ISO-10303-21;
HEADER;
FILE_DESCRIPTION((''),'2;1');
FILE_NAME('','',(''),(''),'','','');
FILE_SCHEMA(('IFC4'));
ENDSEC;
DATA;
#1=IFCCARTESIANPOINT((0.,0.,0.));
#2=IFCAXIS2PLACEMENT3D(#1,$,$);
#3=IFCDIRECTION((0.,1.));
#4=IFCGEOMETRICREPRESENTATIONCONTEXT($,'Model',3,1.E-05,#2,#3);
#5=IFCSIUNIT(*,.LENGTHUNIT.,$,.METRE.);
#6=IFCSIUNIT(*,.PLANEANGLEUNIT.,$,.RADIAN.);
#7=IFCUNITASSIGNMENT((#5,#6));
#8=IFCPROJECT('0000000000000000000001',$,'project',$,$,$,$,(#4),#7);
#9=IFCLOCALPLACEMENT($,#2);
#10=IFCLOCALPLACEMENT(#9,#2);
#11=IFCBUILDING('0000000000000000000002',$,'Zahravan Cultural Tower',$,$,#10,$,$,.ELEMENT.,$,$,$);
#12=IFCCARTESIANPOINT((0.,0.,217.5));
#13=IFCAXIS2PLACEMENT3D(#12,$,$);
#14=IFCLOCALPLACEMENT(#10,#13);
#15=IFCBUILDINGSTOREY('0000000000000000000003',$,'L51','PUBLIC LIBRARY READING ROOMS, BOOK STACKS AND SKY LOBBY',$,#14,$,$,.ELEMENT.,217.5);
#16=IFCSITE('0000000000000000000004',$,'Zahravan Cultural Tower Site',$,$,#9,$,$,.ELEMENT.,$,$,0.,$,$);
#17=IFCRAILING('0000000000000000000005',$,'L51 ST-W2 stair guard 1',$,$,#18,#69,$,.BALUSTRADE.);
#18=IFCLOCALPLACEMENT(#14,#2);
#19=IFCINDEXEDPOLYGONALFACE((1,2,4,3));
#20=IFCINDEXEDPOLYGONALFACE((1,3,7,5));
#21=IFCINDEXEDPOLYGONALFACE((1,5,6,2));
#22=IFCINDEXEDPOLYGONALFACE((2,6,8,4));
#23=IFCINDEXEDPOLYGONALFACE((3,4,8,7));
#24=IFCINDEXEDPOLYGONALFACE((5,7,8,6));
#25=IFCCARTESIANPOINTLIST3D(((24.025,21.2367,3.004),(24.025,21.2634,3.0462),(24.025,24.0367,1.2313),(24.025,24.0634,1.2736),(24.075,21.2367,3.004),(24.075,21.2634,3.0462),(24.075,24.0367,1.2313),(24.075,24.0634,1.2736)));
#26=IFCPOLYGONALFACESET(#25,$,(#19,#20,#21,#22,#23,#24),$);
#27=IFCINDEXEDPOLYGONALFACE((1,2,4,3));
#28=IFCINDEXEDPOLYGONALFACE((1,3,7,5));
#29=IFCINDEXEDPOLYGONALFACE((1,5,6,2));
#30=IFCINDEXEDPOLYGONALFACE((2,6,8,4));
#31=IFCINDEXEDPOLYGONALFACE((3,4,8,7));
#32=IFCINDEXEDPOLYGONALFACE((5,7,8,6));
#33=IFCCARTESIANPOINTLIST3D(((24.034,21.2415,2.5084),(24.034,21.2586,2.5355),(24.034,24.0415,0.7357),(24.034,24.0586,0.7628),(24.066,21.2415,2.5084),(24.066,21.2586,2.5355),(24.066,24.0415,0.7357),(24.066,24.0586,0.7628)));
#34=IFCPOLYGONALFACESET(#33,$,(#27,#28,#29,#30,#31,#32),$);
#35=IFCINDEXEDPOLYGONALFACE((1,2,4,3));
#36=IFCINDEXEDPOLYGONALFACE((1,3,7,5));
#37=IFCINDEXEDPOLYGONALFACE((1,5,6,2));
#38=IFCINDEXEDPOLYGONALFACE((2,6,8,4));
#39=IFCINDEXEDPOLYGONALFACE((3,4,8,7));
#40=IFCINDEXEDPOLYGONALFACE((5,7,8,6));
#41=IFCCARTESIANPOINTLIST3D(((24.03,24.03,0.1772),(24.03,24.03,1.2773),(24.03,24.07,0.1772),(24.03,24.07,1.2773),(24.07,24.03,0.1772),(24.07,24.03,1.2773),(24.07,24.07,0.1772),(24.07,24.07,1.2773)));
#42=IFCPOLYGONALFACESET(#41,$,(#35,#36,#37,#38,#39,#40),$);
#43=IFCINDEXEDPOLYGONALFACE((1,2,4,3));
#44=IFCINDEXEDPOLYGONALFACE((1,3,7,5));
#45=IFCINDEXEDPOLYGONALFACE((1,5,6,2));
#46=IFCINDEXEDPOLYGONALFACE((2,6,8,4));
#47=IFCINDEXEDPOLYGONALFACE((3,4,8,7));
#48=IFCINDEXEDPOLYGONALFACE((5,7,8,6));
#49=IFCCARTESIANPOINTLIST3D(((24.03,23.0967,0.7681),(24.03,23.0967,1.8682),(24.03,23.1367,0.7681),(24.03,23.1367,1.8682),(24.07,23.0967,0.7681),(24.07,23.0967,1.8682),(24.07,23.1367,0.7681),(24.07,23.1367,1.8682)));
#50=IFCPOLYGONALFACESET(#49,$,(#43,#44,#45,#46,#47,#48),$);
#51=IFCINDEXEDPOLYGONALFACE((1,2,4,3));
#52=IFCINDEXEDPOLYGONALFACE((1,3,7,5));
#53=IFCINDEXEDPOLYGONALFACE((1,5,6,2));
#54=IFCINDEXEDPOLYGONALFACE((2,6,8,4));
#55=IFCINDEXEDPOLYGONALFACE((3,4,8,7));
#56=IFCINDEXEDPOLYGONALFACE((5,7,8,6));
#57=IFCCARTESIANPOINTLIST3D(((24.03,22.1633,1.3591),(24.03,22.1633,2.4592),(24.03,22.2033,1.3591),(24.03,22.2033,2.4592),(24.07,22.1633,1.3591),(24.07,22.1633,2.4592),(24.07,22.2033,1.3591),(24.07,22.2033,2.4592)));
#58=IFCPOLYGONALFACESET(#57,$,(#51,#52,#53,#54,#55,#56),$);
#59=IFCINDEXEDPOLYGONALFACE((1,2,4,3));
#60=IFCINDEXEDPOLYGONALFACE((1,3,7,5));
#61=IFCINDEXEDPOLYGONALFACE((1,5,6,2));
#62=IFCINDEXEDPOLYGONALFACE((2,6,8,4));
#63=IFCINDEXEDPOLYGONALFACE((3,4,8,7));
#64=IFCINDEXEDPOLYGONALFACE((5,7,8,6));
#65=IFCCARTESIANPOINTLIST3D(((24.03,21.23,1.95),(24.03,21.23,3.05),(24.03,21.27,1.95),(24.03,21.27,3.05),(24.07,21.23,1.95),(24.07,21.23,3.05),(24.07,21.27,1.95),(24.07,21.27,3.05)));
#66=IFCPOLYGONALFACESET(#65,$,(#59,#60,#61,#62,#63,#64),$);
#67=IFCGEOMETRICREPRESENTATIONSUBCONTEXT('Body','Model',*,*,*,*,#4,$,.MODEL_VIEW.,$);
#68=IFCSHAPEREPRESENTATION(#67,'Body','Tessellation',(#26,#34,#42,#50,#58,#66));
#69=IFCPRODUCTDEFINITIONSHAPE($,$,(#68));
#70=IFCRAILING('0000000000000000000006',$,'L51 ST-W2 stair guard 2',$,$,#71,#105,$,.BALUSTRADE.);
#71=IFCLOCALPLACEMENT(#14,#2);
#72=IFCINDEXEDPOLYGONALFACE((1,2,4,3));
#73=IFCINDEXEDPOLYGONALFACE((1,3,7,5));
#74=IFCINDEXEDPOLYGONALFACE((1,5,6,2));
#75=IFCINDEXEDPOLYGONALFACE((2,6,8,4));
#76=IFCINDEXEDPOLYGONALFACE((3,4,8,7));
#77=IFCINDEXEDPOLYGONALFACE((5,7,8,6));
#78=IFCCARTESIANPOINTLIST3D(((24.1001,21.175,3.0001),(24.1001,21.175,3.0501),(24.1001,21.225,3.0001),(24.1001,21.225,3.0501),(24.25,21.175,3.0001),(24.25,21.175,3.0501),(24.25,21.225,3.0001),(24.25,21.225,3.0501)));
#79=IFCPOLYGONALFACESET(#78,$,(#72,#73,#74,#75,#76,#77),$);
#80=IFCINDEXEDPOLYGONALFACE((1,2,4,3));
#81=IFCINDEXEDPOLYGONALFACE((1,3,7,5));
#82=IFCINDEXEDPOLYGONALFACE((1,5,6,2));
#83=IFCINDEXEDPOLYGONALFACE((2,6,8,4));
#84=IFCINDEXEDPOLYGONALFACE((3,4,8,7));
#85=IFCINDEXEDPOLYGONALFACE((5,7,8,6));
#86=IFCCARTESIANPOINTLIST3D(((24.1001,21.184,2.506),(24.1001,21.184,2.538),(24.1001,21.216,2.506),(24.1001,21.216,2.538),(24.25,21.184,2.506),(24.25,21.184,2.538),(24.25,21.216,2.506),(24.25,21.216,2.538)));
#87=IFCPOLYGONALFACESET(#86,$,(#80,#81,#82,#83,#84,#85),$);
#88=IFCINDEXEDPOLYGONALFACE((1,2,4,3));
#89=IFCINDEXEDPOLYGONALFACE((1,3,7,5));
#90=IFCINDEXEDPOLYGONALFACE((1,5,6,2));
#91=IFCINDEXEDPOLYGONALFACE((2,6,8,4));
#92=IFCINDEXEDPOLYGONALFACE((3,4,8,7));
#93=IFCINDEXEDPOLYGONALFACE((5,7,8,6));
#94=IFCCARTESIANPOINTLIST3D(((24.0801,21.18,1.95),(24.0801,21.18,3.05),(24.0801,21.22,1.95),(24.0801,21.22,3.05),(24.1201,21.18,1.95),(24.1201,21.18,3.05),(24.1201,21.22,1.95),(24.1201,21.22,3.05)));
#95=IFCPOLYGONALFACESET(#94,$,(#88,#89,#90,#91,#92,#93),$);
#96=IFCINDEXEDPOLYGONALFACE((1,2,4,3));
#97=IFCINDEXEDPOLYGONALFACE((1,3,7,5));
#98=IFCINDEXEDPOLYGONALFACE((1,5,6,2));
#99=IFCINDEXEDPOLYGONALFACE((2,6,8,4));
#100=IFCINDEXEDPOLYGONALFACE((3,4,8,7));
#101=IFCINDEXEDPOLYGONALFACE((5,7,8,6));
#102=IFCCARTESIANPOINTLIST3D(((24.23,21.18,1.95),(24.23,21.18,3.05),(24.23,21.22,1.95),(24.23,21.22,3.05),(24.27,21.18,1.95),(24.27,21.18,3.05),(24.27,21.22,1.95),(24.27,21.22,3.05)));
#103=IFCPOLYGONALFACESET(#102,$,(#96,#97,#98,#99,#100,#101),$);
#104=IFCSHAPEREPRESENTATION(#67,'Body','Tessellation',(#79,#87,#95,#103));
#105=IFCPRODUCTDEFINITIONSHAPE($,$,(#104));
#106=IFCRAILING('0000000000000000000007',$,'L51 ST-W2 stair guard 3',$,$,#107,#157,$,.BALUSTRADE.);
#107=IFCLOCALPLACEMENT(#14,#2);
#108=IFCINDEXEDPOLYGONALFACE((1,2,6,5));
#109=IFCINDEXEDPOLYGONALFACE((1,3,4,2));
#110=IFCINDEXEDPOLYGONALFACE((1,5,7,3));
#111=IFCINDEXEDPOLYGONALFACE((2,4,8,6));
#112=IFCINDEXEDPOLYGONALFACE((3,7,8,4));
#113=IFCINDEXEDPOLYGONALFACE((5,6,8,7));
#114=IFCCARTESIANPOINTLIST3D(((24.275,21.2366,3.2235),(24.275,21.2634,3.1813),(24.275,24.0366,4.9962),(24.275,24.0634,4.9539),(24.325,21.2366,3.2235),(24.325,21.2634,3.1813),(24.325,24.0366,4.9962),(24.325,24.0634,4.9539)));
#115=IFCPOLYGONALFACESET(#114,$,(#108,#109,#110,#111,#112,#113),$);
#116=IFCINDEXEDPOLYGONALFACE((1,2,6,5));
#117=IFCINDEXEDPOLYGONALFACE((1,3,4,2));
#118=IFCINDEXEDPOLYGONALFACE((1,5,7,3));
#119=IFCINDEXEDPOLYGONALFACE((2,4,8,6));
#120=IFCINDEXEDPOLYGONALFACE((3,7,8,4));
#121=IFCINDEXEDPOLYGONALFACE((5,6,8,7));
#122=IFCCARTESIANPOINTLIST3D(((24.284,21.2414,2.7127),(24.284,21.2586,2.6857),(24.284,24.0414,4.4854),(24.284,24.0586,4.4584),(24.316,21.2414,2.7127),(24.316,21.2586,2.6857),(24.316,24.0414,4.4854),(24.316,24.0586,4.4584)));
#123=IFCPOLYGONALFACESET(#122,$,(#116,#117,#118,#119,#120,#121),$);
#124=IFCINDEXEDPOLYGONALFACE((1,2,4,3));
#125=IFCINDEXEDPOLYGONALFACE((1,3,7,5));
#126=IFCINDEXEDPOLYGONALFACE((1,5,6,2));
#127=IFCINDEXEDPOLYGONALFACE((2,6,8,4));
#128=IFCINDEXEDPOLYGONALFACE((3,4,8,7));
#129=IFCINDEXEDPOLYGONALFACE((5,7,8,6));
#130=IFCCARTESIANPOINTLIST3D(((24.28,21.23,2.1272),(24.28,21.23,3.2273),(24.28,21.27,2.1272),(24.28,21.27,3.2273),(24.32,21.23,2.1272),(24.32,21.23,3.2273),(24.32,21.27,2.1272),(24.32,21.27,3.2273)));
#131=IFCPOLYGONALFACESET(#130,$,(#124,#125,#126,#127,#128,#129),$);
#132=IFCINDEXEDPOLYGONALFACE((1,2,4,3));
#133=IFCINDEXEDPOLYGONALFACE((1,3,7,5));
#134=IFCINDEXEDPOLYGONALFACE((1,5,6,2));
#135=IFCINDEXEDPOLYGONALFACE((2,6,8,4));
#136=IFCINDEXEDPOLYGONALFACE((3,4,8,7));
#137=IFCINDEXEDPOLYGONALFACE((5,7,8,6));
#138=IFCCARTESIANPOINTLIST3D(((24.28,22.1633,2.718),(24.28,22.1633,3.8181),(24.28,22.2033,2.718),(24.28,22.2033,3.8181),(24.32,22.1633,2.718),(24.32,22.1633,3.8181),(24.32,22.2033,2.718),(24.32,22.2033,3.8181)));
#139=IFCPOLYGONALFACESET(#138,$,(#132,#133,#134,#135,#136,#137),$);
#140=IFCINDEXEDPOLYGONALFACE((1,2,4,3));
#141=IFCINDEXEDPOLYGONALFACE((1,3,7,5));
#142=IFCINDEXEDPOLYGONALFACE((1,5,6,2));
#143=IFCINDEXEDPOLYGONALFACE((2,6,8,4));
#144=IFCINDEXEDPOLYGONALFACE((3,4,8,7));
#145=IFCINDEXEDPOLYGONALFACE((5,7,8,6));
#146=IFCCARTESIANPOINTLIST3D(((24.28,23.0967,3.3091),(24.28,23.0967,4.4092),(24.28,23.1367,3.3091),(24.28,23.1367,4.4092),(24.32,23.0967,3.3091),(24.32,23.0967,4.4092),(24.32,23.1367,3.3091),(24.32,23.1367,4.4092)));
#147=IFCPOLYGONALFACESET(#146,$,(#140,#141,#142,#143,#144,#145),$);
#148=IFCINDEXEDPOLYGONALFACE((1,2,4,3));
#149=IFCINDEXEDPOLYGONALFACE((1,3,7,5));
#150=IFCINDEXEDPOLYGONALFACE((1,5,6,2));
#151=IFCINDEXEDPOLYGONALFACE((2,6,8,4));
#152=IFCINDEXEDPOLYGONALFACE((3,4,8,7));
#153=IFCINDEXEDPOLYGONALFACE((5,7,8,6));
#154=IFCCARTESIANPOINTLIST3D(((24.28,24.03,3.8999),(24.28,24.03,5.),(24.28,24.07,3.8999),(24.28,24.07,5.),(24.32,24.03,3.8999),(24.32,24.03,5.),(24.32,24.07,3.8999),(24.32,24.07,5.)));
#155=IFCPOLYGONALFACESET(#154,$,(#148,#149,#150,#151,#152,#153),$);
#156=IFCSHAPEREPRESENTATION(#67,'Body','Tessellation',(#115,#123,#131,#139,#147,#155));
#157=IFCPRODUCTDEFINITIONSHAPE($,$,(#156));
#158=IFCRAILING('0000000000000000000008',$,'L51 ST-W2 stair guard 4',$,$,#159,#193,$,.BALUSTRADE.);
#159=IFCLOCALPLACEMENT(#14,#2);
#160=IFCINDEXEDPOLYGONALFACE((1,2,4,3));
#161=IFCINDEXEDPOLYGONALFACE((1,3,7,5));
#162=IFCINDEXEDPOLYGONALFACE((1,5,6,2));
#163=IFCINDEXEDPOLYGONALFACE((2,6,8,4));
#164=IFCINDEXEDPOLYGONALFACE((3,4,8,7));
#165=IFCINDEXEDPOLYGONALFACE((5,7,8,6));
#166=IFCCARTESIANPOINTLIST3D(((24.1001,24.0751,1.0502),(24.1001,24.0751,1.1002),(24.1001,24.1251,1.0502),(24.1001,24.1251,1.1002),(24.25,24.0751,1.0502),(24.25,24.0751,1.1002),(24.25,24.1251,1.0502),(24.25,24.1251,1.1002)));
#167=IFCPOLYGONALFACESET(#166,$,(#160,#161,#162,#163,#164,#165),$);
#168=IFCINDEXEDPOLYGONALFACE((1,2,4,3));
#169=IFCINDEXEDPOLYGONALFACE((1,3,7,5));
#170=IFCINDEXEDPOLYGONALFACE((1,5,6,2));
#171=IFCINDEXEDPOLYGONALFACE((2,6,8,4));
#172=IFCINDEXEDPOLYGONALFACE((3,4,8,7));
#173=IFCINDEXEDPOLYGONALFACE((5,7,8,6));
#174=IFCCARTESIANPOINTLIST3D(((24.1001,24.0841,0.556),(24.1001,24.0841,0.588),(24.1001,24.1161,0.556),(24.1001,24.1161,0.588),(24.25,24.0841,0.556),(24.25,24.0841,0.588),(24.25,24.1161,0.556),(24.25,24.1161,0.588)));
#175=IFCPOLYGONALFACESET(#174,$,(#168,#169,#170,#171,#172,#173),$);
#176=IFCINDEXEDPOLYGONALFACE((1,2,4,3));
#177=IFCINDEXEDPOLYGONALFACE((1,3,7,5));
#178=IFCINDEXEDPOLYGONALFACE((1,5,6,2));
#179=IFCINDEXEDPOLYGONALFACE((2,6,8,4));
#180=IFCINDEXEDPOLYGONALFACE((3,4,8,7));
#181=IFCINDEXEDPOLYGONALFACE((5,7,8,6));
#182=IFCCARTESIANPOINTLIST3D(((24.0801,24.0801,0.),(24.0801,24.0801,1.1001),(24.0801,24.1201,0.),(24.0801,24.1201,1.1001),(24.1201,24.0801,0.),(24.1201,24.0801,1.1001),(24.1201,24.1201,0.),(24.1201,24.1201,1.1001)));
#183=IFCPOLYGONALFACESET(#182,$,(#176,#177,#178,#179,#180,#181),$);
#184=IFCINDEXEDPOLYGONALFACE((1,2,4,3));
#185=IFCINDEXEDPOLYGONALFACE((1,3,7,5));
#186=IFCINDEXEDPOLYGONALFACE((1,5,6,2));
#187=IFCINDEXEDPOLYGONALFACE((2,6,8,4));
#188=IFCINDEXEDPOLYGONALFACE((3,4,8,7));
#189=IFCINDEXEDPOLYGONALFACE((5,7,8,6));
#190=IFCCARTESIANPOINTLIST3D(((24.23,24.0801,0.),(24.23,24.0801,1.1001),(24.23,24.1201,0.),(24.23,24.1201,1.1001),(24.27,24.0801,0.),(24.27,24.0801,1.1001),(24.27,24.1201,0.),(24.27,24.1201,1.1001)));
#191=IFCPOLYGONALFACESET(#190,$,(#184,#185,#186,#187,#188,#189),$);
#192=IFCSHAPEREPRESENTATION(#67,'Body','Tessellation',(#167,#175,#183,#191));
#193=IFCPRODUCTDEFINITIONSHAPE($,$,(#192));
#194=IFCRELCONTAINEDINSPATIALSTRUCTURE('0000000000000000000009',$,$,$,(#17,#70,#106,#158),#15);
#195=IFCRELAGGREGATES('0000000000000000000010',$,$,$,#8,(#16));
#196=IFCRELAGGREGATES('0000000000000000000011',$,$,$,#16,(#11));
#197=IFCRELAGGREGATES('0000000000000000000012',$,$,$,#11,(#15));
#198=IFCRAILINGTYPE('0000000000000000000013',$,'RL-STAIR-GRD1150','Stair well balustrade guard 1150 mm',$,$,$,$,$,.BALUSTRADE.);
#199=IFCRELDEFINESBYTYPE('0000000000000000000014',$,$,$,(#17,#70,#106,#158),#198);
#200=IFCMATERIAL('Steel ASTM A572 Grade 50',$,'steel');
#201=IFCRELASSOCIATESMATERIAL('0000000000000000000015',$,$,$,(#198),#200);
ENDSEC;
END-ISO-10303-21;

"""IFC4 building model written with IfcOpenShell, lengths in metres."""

from ifc_helpers import new_model, si_unit, direction, frame, origin, origin_2d, place, context, subcontext, project, spatial, rectangle, extrude, material, type_object, element, save


model = new_model("IFC4")

# Units and contexts
model_context = context("Model", 3, precision=1e-05, world=origin(), true_north=direction((0.0, 1.0)))
body_context = subcontext(model_context, "Body", "Model", "MODEL_VIEW")
ifc_project = project(units=[si_unit("LENGTHUNIT", "METRE"), si_unit("PLANEANGLEUNIT", "RADIAN")], contexts=[model_context])

# Site, building, storey
site_placement = place(None, origin())
site = spatial("IfcSite", under=ifc_project, at=site_placement, Name="Zahravan Cultural Tower Site", CompositionType="ELEMENT", RefElevation=0.0)
building_placement = place(site_placement, origin())
building = spatial("IfcBuilding", under=site, at=building_placement, Name="Zahravan Cultural Tower", CompositionType="ELEMENT")
storey_placement = place(building_placement, frame((0.0, 0.0, 217.5)))
storey = spatial("IfcBuildingStorey", under=building, at=storey_placement, Name="L51", Description="PUBLIC LIBRARY READING ROOMS, BOOK STACKS AND SKY LOBBY", CompositionType="ELEMENT", Elevation=217.5)

# Railings
ifc_material_1 = material(Name="Steel ASTM A572 Grade 50", Category="steel")
railing_type_1 = type_object("IfcRailingType", Name="RL-STAIR-GRD1150", Description="Stair well balustrade guard 1150 mm", PredefinedType="BALUSTRADE", material=ifc_material_1)
railing_1_placement = place(storey_placement, frame((24.05, 24.05, 0.1772)))
element("IfcRailing", 1, at=railing_1_placement, inside=storey, type_object=railing_type_1, Name="L51 ST-W2 stair guard 1", PredefinedType="BALUSTRADE", context=body_context, shape_type="SweptSolid", body=[
    extrude(rectangle(XDim=0.05, YDim=0.05, at=origin_2d()), frame((0.0, 0.0, 1.0752), z_axis=(0.0, -0.844909, 0.53491), x_axis=(1.0, 0.0, 0.0)), (0.0, 0.0, 1.0), 3.314),
    extrude(rectangle(XDim=0.032, YDim=0.032, at=origin_2d()), frame((0.0, 0.0, 0.572), z_axis=(0.0, -0.844909, 0.53491), x_axis=(1.0, 0.0, 0.0)), (0.0, 0.0, 1.0), 3.314),
    extrude(rectangle(XDim=0.04, YDim=0.04, at=origin_2d()), origin(), (0.0, 0.0, 1.0), 1.1001),
    extrude(rectangle(XDim=0.04, YDim=0.04, at=origin_2d()), frame((0.0, -0.9333, 0.5908)), (0.0, 0.0, 1.0), 1.1001),
    extrude(rectangle(XDim=0.04, YDim=0.04, at=origin_2d()), frame((0.0, -1.8667, 1.1819)), (0.0, 0.0, 1.0), 1.1001),
    extrude(rectangle(XDim=0.04, YDim=0.04, at=origin_2d()), frame((0.0, -2.8, 1.7727)), (0.0, 0.0, 1.0), 1.1001),
])
railing_2_placement = place(storey_placement, frame((24.1001, 21.2, 1.95)))
element("IfcRailing", 2, at=railing_2_placement, inside=storey, type_object=railing_type_1, Name="L51 ST-W2 stair guard 2", PredefinedType="BALUSTRADE", context=body_context, shape_type="SweptSolid", body=[
    extrude(rectangle(XDim=0.05, YDim=0.05, at=origin_2d()), frame((0.0, 0.0, 1.0752), z_axis=(1.0, 0.0, 0.0), x_axis=(0.0, 1.0, 0.0)), (0.0, 0.0, 1.0), 0.1499),
    extrude(rectangle(XDim=0.032, YDim=0.032, at=origin_2d()), frame((0.0, 0.0, 0.572), z_axis=(1.0, 0.0, 0.0), x_axis=(0.0, 1.0, 0.0)), (0.0, 0.0, 1.0), 0.1499),
    extrude(rectangle(XDim=0.04, YDim=0.04, at=origin_2d()), origin(), (0.0, 0.0, 1.0), 1.1001),
    extrude(rectangle(XDim=0.04, YDim=0.04, at=origin_2d()), frame((0.1499, 0.0, 0.0)), (0.0, 0.0, 1.0), 1.1001),
])
railing_3_placement = place(storey_placement, frame((24.3, 21.25, 2.1272)))
element("IfcRailing", 3, at=railing_3_placement, inside=storey, type_object=railing_type_1, Name="L51 ST-W2 stair guard 3", PredefinedType="BALUSTRADE", context=body_context, shape_type="SweptSolid", body=[
    extrude(rectangle(XDim=0.05, YDim=0.05, at=origin_2d()), frame((0.0, 0.0, 1.0752), z_axis=(0.0, 0.844909, 0.53491), x_axis=(-1.0, 0.0, 0.0)), (0.0, 0.0, 1.0), 3.314),
    extrude(rectangle(XDim=0.032, YDim=0.032, at=origin_2d()), frame((0.0, 0.0, 0.572), z_axis=(0.0, 0.844909, 0.53491), x_axis=(-1.0, 0.0, 0.0)), (0.0, 0.0, 1.0), 3.314),
    extrude(rectangle(XDim=0.04, YDim=0.04, at=origin_2d()), origin(), (0.0, 0.0, 1.0), 1.1001),
    extrude(rectangle(XDim=0.04, YDim=0.04, at=origin_2d()), frame((0.0, 0.9333, 0.5908)), (0.0, 0.0, 1.0), 1.1001),
    extrude(rectangle(XDim=0.04, YDim=0.04, at=origin_2d()), frame((0.0, 1.8667, 1.1819)), (0.0, 0.0, 1.0), 1.1001),
    extrude(rectangle(XDim=0.04, YDim=0.04, at=origin_2d()), frame((0.0, 2.8, 1.7727)), (0.0, 0.0, 1.0), 1.1001),
])
railing_4_placement = place(storey_placement, frame((24.1001, 24.1001, 0.0)))
element("IfcRailing", 4, at=railing_4_placement, inside=storey, type_object=railing_type_1, Name="L51 ST-W2 stair guard 4", PredefinedType="BALUSTRADE", context=body_context, shape_type="SweptSolid", body=[
    extrude(rectangle(XDim=0.05, YDim=0.05, at=origin_2d()), frame((0.0, 0.0, 1.0752), z_axis=(1.0, 0.0, 0.0), x_axis=(0.0, 1.0, 0.0)), (0.0, 0.0, 1.0), 0.1499),
    extrude(rectangle(XDim=0.032, YDim=0.032, at=origin_2d()), frame((0.0, 0.0, 0.572), z_axis=(1.0, 0.0, 0.0), x_axis=(0.0, 1.0, 0.0)), (0.0, 0.0, 1.0), 0.1499),
    extrude(rectangle(XDim=0.04, YDim=0.04, at=origin_2d()), origin(), (0.0, 0.0, 1.0), 1.1001),
    extrude(rectangle(XDim=0.04, YDim=0.04, at=origin_2d()), frame((0.1499, 0.0, 0.0)), (0.0, 0.0, 1.0), 1.1001),
])

save(model, "model.ifc")
